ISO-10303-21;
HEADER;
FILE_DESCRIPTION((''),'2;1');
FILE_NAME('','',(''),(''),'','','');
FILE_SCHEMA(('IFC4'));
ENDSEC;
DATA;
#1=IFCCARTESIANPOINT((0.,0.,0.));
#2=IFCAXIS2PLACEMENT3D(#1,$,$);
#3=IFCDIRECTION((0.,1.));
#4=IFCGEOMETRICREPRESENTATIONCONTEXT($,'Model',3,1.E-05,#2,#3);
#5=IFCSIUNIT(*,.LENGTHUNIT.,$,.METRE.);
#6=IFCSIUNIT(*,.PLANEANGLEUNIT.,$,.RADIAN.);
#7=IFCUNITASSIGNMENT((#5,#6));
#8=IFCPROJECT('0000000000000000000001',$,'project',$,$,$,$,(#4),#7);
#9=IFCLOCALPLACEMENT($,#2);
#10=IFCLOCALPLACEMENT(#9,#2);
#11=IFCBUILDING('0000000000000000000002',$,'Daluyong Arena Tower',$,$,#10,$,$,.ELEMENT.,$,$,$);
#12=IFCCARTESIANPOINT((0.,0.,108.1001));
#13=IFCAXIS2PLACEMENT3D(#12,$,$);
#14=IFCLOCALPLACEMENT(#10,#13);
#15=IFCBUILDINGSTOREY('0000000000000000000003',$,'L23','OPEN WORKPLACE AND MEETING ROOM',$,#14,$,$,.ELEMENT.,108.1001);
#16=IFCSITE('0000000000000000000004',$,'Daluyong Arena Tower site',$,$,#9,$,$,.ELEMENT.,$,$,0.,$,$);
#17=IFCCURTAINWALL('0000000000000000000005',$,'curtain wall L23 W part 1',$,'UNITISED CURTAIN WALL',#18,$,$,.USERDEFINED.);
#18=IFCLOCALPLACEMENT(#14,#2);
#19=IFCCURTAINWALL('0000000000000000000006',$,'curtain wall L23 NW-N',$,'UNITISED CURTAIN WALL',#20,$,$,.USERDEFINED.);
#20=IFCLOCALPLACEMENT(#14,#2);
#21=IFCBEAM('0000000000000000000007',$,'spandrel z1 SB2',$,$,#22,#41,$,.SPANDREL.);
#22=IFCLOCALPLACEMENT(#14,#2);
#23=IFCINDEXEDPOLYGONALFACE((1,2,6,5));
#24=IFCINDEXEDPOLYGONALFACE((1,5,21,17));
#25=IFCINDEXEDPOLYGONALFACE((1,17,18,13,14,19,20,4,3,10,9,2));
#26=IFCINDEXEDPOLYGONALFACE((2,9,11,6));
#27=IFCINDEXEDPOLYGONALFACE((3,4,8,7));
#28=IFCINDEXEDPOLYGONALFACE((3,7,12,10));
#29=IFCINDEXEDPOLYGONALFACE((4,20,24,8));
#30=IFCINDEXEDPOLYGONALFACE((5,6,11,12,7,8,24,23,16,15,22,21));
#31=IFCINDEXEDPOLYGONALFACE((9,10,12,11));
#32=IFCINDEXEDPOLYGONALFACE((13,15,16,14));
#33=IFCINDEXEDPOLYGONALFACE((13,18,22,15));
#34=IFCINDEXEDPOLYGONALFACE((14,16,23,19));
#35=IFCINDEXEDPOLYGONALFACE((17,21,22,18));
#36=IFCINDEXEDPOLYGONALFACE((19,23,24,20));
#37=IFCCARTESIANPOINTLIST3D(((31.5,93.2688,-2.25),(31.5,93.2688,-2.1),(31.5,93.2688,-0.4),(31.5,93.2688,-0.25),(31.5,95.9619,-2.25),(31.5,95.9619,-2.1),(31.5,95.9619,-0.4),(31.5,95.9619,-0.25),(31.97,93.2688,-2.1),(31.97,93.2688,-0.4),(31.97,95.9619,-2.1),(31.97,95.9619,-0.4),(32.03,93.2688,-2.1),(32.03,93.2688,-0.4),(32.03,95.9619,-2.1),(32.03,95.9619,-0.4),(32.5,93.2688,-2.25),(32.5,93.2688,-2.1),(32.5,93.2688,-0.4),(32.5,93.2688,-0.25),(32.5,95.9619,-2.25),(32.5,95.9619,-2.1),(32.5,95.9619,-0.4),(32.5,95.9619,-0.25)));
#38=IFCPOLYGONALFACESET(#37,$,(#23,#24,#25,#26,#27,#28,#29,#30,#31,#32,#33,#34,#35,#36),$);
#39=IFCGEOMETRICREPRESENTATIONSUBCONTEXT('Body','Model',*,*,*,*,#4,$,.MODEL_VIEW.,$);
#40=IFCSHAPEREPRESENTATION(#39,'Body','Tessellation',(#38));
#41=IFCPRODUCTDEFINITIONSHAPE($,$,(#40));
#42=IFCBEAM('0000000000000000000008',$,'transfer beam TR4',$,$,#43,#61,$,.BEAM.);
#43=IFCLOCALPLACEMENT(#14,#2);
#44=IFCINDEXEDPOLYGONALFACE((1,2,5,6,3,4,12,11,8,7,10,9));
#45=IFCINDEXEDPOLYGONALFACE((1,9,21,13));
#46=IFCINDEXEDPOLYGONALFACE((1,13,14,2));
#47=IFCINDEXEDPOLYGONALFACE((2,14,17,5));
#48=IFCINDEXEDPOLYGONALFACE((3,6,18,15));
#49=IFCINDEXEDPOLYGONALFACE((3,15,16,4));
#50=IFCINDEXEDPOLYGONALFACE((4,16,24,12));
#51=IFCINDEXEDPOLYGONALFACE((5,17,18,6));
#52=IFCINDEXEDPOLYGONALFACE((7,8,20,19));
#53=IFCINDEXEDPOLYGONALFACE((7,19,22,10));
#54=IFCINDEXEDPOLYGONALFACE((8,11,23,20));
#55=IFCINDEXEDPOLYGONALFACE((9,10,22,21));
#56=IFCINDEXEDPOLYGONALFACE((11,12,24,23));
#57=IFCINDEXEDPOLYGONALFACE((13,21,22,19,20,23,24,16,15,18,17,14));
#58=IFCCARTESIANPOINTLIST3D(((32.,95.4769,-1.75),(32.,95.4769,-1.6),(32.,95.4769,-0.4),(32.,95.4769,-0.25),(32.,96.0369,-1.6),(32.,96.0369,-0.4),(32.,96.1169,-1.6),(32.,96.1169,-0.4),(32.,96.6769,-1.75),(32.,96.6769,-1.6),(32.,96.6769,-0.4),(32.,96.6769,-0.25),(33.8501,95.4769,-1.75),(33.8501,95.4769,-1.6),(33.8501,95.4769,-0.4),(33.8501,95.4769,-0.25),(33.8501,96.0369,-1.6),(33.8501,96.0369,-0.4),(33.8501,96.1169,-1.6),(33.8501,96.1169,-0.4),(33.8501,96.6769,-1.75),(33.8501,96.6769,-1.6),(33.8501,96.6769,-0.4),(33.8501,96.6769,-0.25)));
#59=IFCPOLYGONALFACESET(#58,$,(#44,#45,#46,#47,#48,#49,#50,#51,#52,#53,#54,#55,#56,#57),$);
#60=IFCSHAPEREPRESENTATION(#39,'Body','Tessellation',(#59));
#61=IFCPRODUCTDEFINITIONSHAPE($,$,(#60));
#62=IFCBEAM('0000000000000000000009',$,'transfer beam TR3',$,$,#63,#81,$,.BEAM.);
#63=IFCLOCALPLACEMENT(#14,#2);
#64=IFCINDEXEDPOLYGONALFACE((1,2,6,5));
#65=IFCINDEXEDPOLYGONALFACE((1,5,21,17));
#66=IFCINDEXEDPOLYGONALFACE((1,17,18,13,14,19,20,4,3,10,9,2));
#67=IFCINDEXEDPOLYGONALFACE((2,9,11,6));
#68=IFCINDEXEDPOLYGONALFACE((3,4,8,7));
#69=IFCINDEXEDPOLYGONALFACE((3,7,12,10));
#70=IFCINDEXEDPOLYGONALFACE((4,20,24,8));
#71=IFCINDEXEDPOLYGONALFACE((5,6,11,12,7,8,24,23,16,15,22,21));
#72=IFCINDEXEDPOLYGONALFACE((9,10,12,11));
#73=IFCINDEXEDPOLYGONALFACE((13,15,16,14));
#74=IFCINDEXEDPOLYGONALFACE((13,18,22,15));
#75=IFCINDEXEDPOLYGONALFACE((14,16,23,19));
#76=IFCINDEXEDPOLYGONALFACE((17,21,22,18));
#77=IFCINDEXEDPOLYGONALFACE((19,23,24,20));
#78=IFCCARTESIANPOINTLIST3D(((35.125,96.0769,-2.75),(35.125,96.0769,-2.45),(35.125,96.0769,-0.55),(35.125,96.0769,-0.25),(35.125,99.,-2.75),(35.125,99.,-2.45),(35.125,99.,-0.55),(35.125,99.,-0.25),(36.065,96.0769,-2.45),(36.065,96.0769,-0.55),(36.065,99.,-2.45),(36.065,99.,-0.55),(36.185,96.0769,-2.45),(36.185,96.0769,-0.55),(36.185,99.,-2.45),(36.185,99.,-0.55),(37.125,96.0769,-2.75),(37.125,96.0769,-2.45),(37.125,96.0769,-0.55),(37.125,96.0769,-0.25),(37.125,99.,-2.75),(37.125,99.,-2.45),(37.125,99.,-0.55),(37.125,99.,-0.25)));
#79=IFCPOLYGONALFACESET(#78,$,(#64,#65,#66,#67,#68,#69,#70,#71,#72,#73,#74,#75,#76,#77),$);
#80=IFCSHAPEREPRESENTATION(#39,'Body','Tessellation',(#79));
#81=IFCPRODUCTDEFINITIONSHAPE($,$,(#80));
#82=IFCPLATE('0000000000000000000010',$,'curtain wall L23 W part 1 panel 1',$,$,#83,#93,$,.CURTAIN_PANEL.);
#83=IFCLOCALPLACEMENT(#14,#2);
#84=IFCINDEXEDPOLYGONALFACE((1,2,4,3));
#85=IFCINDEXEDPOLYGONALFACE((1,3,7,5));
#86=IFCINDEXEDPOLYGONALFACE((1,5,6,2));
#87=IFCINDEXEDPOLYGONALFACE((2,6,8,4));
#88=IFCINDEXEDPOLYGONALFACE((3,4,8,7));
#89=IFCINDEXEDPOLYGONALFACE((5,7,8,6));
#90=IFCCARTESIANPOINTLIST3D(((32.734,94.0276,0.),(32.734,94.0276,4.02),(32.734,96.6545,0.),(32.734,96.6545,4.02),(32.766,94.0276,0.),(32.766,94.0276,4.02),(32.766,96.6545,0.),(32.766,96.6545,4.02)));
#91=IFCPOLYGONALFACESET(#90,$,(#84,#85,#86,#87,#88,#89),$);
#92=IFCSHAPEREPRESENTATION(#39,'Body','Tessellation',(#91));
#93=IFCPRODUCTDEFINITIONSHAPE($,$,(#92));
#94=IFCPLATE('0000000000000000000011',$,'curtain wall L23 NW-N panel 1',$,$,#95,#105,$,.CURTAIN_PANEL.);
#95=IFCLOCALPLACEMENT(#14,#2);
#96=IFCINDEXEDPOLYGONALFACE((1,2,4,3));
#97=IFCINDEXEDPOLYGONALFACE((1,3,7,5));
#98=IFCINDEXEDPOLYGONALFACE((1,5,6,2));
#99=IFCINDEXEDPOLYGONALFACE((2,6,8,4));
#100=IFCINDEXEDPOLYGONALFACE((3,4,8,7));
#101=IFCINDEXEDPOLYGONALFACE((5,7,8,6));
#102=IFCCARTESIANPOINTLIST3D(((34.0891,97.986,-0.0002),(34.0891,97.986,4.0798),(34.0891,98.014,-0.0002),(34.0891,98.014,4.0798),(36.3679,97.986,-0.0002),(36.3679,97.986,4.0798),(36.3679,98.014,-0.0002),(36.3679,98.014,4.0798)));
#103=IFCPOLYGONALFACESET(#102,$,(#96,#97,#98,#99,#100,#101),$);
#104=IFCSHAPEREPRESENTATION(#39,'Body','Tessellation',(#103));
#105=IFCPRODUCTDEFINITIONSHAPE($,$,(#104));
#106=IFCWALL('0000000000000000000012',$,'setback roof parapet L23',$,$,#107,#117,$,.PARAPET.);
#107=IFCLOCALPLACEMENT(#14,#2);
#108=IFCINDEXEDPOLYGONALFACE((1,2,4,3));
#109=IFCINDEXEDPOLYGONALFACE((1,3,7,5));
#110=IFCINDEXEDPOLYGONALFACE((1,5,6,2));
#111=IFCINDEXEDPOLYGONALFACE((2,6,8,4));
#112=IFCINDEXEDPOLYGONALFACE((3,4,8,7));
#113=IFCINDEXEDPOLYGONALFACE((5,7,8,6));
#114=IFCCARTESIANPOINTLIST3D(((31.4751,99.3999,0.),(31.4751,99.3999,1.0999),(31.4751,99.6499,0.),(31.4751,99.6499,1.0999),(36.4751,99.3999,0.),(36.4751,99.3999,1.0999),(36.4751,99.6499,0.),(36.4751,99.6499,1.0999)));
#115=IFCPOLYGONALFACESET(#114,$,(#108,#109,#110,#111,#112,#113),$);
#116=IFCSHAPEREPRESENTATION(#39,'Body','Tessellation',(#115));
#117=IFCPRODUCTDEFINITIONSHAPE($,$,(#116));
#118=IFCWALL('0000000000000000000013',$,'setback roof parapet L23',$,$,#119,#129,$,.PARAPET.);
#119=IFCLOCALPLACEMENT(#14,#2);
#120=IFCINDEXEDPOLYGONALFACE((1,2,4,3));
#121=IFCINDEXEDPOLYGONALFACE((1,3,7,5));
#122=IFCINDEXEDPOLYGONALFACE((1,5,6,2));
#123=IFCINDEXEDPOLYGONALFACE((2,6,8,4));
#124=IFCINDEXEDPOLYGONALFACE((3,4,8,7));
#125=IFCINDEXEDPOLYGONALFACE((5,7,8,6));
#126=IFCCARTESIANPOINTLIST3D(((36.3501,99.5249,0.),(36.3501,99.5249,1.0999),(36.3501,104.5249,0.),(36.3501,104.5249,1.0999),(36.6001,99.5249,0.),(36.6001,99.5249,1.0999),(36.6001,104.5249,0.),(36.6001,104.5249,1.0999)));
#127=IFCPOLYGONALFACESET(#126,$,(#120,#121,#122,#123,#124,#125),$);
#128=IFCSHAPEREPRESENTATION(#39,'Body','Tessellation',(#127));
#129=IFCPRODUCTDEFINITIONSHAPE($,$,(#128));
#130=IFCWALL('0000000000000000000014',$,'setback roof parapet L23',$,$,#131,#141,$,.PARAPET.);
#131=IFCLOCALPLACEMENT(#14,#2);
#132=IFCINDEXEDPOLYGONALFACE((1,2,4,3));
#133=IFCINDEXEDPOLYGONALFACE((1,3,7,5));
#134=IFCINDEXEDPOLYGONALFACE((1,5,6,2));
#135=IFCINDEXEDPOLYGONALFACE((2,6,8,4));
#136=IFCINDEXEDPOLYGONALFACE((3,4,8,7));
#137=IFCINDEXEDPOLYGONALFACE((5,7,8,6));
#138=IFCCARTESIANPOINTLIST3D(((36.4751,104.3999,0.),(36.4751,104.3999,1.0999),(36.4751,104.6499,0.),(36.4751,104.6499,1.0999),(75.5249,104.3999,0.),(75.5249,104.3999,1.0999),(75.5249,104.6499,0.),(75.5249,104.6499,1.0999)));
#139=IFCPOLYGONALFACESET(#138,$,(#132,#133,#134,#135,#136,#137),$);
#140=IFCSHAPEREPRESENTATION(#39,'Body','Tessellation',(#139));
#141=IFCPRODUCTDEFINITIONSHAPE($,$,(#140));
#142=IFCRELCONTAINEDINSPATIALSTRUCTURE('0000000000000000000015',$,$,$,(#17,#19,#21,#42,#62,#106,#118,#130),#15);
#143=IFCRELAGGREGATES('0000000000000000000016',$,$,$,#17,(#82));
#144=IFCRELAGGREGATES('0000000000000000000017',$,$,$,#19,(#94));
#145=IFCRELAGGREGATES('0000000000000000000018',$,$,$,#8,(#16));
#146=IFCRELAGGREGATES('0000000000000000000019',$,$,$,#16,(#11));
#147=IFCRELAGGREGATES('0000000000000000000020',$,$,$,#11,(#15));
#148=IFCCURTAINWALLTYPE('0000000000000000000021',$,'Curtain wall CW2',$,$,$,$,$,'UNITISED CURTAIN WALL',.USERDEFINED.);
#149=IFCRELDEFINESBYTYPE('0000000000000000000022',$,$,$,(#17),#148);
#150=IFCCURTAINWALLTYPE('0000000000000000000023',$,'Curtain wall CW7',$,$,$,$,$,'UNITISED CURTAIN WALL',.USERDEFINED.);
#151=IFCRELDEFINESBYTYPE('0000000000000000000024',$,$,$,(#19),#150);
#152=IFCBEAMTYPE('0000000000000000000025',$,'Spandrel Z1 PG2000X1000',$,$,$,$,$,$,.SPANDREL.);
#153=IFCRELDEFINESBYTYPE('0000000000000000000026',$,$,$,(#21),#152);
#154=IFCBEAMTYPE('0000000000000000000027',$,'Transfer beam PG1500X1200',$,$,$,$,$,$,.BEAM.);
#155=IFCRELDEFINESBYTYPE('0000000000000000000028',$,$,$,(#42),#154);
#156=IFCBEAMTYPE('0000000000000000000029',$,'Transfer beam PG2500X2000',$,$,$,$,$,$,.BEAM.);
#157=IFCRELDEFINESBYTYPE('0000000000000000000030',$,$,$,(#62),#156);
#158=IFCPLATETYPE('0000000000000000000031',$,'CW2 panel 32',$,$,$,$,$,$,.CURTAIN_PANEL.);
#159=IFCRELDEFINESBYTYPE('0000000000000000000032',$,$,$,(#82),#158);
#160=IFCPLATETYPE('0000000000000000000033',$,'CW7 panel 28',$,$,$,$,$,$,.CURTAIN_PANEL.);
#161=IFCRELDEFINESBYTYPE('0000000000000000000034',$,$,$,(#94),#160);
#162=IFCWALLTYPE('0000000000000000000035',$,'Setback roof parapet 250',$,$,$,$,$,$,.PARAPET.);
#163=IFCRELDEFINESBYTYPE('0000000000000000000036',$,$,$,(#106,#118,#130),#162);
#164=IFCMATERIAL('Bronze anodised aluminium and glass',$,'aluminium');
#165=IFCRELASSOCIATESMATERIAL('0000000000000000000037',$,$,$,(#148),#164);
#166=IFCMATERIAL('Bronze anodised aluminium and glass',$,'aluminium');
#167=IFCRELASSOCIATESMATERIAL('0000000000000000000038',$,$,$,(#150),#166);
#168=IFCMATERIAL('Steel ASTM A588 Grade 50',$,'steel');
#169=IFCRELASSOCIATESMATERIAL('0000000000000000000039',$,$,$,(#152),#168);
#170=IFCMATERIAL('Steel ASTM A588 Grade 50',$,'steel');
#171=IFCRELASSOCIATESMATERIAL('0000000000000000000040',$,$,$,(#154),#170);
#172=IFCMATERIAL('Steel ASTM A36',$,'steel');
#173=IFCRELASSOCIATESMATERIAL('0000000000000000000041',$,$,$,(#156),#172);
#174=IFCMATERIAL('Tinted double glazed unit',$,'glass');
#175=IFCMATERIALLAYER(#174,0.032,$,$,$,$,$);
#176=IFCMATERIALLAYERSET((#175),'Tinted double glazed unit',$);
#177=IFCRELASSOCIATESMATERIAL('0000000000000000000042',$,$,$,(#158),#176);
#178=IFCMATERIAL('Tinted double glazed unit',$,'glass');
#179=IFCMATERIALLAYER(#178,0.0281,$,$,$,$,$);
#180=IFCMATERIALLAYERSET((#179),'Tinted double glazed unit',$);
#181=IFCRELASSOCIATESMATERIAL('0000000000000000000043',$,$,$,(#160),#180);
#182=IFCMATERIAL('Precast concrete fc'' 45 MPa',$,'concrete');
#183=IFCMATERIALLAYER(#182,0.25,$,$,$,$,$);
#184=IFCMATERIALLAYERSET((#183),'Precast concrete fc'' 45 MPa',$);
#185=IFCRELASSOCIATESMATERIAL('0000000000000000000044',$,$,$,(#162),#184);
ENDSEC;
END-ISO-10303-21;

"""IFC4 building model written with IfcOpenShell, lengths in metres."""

from ifc_helpers import new_model, si_unit, direction, frame, frame_2d, origin, origin_2d, place, context, subcontext, project, spatial, rectangle, i_section, extrude, material, layer, layer_set, material_profile, profile_set, type_object, element, aggregate, save


model = new_model("IFC4")

# Units and contexts
model_context = context("Model", 3, precision=1e-05, world=origin(), true_north=direction((0.0, 1.0)))
body_context = subcontext(model_context, "Body", "Model", "MODEL_VIEW")
ifc_project = project(units=[si_unit("LENGTHUNIT", "METRE"), si_unit("PLANEANGLEUNIT", "RADIAN")], contexts=[model_context])

# Site, building, storey
site_placement = place(None, origin())
site = spatial("IfcSite", under=ifc_project, at=site_placement, Name="Daluyong Arena Tower site", CompositionType="ELEMENT", RefElevation=0.0)
building_placement = place(site_placement, origin())
building = spatial("IfcBuilding", under=site, at=building_placement, Name="Daluyong Arena Tower", CompositionType="ELEMENT")
storey_placement = place(building_placement, frame((0.0, 0.0, 108.1001)))
storey = spatial("IfcBuildingStorey", under=building, at=storey_placement, Name="L23", Description="OPEN WORKPLACE AND MEETING ROOM", CompositionType="ELEMENT", Elevation=108.1001)

# Curtain walls
ifc_material_1 = material(Name="Bronze anodised aluminium and glass", Category="aluminium")
curtain_wall_type_1 = type_object("IfcCurtainWallType", Name="Curtain wall CW2", ElementType="UNITISED CURTAIN WALL", PredefinedType="USERDEFINED", material=ifc_material_1)
curtain_wall_1_placement = place(storey_placement, origin())
curtain_wall_1 = element("IfcCurtainWall", 1, at=curtain_wall_1_placement, inside=storey, type_object=curtain_wall_type_1, Name="curtain wall L23 W part 1", ObjectType="UNITISED CURTAIN WALL", PredefinedType="USERDEFINED")
ifc_material_2 = material(Name="Bronze anodised aluminium and glass", Category="aluminium")
curtain_wall_type_2 = type_object("IfcCurtainWallType", Name="Curtain wall CW7", ElementType="UNITISED CURTAIN WALL", PredefinedType="USERDEFINED", material=ifc_material_2)
curtain_wall_2_placement = place(storey_placement, origin())
curtain_wall_2 = element("IfcCurtainWall", 2, at=curtain_wall_2_placement, inside=storey, type_object=curtain_wall_type_2, Name="curtain wall L23 NW-N", ObjectType="UNITISED CURTAIN WALL", PredefinedType="USERDEFINED")

# Beams
ifc_material_3 = material(Name="Steel ASTM A588 Grade 50", Category="steel")
ifc_material_profile_1 = material_profile(ifc_material_3, i_section(OverallWidth=1.0, OverallDepth=2.0, WebThickness=0.06, FlangeThickness=0.15, at=origin_2d()))
ifc_profile_set_1 = profile_set([ifc_material_profile_1], Name="Steel ASTM A588 Grade 50")
beam_type_1 = type_object("IfcBeamType", Name="Spandrel Z1 PG2000X1000", PredefinedType="SPANDREL", material=ifc_profile_set_1)
for number, where, z_axis, x_axis, name in (
    (3, (32.0, 95.9619, -1.25), (0.0, -1.0, 0.0), (1.0, 0.0, 0.0), "spandrel z1 SB2"),
):
    element("IfcBeam", number, at=place(storey_placement, frame(where, z_axis=z_axis, x_axis=x_axis)), inside=storey, type_object=beam_type_1, Name=name, PredefinedType="SPANDREL", context=body_context, shape_type="SweptSolid", body=[
        extrude(i_section(OverallWidth=1.0, OverallDepth=2.0, WebThickness=0.06, FlangeThickness=0.15, at=origin_2d()), origin(), (0.0, 0.0, 1.0), 2.6931),
    ])
ifc_material_4 = material(Name="Steel ASTM A588 Grade 50", Category="steel")
ifc_material_profile_2 = material_profile(ifc_material_4, i_section(OverallWidth=1.2, OverallDepth=1.5, WebThickness=0.08, FlangeThickness=0.15, at=origin_2d()))
ifc_profile_set_2 = profile_set([ifc_material_profile_2], Name="Steel ASTM A588 Grade 50")
beam_type_2 = type_object("IfcBeamType", Name="Transfer beam PG1500X1200", PredefinedType="BEAM", material=ifc_profile_set_2)
beam_1_placement = place(storey_placement, frame((32.0, 96.0769, -1.0), z_axis=(1.0, 0.0, 0.0), x_axis=(0.0, 1.0, 0.0)))
element("IfcBeam", 4, at=beam_1_placement, inside=storey, type_object=beam_type_2, Name="transfer beam TR4", PredefinedType="BEAM", context=body_context, shape_type="SweptSolid", body=[
    extrude(i_section(OverallWidth=1.2, OverallDepth=1.5, WebThickness=0.08, FlangeThickness=0.15, at=origin_2d()), origin(), (0.0, 0.0, 1.0), 1.8501),
])
ifc_material_5 = material(Name="Steel ASTM A36", Category="steel")
ifc_material_profile_3 = material_profile(ifc_material_5, i_section(OverallWidth=2.0, OverallDepth=2.5, WebThickness=0.12, FlangeThickness=0.3, at=origin_2d()))
ifc_profile_set_3 = profile_set([ifc_material_profile_3], Name="Steel ASTM A36")
beam_type_3 = type_object("IfcBeamType", Name="Transfer beam PG2500X2000", PredefinedType="BEAM", material=ifc_profile_set_3)
beam_2_placement = place(storey_placement, frame((36.125, 96.0769, -1.5), z_axis=(0.0, 1.0, 0.0), x_axis=(-1.0, 0.0, 0.0)))
element("IfcBeam", 5, at=beam_2_placement, inside=storey, type_object=beam_type_3, Name="transfer beam TR3", PredefinedType="BEAM", context=body_context, shape_type="SweptSolid", body=[
    extrude(i_section(OverallWidth=2.0, OverallDepth=2.5, WebThickness=0.12, FlangeThickness=0.3, at=origin_2d()), origin(), (0.0, 0.0, 1.0), 2.9231),
])

# Plates
ifc_material_6 = material(Name="Tinted double glazed unit", Category="glass")
ifc_layer_1 = layer(ifc_material_6, 0.032)
ifc_layer_set_1 = layer_set([ifc_layer_1], Name="Tinted double glazed unit")
plate_type_1 = type_object("IfcPlateType", Name="CW2 panel 32", PredefinedType="CURTAIN_PANEL", material=ifc_layer_set_1)
plate_1_placement = place(storey_placement, frame((32.75, 95.3411, 0.0), z_axis=(0.0, 0.0, 1.0), x_axis=(0.0, -1.0, 0.0)))
plate_1 = element("IfcPlate", 6, at=plate_1_placement, type_object=plate_type_1, Name="curtain wall L23 W part 1 panel 1", PredefinedType="CURTAIN_PANEL", context=body_context, shape_type="SweptSolid", body=[
    extrude(rectangle(XDim=2.627, YDim=0.032, at=origin_2d()), origin(), (0.0, 0.0, 1.0), 4.02),
])
aggregate(curtain_wall_1, [plate_1])
ifc_material_7 = material(Name="Tinted double glazed unit", Category="glass")
ifc_layer_2 = layer(ifc_material_7, 0.0281)
ifc_layer_set_2 = layer_set([ifc_layer_2], Name="Tinted double glazed unit")
plate_type_2 = type_object("IfcPlateType", Name="CW7 panel 28", PredefinedType="CURTAIN_PANEL", material=ifc_layer_set_2)
plate_2_placement = place(storey_placement, frame((35.2285, 98.0, -0.0002), z_axis=(0.0, 0.0, 1.0), x_axis=(-1.0, 0.0, 0.0)))
plate_2 = element("IfcPlate", 7, at=plate_2_placement, type_object=plate_type_2, Name="curtain wall L23 NW-N panel 1", PredefinedType="CURTAIN_PANEL", context=body_context, shape_type="SweptSolid", body=[
    extrude(rectangle(XDim=2.2788, YDim=0.0281, at=origin_2d()), origin(), (0.0, 0.0, 1.0), 4.0801),
])
aggregate(curtain_wall_2, [plate_2])

# Walls
ifc_material_8 = material(Name="Precast concrete fc' 45 MPa", Category="concrete")
ifc_layer_3 = layer(ifc_material_8, 0.25)
ifc_layer_set_3 = layer_set([ifc_layer_3], Name="Precast concrete fc' 45 MPa")
wall_type = type_object("IfcWallType", Name="Setback roof parapet 250", PredefinedType="PARAPET", material=ifc_layer_set_3)
for number, where, z_axis, x_axis, name in (
    (8, (31.4751, 99.5249, 0.0), (0.0, 0.0, 1.0), (1.0, 0.0, 0.0), "setback roof parapet L23"),
    (9, (36.4751, 99.5249, 0.0), (0.0, 0.0, 1.0), (0.0, 1.0, 0.0), "setback roof parapet L23"),
):
    element("IfcWall", number, at=place(storey_placement, frame(where, z_axis=z_axis, x_axis=x_axis)), inside=storey, type_object=wall_type, Name=name, PredefinedType="PARAPET", context=body_context, shape_type="SweptSolid", body=[
        extrude(rectangle(XDim=5.0, YDim=0.25, at=frame_2d((2.5, 0.0))), origin(), (0.0, 0.0, 1.0), 1.0999),
    ])
wall_placement = place(storey_placement, frame((36.4751, 104.5249, 0.0), z_axis=(0.0, 0.0, 1.0), x_axis=(1.0, 0.0, 0.0)))
element("IfcWall", 10, at=wall_placement, inside=storey, type_object=wall_type, Name="setback roof parapet L23", PredefinedType="PARAPET", context=body_context, shape_type="SweptSolid", body=[
    extrude(rectangle(XDim=39.0498, YDim=0.25, at=frame_2d((19.5249, 0.0))), origin(), (0.0, 0.0, 1.0), 1.0999),
])

save(model, "model.ifc")
